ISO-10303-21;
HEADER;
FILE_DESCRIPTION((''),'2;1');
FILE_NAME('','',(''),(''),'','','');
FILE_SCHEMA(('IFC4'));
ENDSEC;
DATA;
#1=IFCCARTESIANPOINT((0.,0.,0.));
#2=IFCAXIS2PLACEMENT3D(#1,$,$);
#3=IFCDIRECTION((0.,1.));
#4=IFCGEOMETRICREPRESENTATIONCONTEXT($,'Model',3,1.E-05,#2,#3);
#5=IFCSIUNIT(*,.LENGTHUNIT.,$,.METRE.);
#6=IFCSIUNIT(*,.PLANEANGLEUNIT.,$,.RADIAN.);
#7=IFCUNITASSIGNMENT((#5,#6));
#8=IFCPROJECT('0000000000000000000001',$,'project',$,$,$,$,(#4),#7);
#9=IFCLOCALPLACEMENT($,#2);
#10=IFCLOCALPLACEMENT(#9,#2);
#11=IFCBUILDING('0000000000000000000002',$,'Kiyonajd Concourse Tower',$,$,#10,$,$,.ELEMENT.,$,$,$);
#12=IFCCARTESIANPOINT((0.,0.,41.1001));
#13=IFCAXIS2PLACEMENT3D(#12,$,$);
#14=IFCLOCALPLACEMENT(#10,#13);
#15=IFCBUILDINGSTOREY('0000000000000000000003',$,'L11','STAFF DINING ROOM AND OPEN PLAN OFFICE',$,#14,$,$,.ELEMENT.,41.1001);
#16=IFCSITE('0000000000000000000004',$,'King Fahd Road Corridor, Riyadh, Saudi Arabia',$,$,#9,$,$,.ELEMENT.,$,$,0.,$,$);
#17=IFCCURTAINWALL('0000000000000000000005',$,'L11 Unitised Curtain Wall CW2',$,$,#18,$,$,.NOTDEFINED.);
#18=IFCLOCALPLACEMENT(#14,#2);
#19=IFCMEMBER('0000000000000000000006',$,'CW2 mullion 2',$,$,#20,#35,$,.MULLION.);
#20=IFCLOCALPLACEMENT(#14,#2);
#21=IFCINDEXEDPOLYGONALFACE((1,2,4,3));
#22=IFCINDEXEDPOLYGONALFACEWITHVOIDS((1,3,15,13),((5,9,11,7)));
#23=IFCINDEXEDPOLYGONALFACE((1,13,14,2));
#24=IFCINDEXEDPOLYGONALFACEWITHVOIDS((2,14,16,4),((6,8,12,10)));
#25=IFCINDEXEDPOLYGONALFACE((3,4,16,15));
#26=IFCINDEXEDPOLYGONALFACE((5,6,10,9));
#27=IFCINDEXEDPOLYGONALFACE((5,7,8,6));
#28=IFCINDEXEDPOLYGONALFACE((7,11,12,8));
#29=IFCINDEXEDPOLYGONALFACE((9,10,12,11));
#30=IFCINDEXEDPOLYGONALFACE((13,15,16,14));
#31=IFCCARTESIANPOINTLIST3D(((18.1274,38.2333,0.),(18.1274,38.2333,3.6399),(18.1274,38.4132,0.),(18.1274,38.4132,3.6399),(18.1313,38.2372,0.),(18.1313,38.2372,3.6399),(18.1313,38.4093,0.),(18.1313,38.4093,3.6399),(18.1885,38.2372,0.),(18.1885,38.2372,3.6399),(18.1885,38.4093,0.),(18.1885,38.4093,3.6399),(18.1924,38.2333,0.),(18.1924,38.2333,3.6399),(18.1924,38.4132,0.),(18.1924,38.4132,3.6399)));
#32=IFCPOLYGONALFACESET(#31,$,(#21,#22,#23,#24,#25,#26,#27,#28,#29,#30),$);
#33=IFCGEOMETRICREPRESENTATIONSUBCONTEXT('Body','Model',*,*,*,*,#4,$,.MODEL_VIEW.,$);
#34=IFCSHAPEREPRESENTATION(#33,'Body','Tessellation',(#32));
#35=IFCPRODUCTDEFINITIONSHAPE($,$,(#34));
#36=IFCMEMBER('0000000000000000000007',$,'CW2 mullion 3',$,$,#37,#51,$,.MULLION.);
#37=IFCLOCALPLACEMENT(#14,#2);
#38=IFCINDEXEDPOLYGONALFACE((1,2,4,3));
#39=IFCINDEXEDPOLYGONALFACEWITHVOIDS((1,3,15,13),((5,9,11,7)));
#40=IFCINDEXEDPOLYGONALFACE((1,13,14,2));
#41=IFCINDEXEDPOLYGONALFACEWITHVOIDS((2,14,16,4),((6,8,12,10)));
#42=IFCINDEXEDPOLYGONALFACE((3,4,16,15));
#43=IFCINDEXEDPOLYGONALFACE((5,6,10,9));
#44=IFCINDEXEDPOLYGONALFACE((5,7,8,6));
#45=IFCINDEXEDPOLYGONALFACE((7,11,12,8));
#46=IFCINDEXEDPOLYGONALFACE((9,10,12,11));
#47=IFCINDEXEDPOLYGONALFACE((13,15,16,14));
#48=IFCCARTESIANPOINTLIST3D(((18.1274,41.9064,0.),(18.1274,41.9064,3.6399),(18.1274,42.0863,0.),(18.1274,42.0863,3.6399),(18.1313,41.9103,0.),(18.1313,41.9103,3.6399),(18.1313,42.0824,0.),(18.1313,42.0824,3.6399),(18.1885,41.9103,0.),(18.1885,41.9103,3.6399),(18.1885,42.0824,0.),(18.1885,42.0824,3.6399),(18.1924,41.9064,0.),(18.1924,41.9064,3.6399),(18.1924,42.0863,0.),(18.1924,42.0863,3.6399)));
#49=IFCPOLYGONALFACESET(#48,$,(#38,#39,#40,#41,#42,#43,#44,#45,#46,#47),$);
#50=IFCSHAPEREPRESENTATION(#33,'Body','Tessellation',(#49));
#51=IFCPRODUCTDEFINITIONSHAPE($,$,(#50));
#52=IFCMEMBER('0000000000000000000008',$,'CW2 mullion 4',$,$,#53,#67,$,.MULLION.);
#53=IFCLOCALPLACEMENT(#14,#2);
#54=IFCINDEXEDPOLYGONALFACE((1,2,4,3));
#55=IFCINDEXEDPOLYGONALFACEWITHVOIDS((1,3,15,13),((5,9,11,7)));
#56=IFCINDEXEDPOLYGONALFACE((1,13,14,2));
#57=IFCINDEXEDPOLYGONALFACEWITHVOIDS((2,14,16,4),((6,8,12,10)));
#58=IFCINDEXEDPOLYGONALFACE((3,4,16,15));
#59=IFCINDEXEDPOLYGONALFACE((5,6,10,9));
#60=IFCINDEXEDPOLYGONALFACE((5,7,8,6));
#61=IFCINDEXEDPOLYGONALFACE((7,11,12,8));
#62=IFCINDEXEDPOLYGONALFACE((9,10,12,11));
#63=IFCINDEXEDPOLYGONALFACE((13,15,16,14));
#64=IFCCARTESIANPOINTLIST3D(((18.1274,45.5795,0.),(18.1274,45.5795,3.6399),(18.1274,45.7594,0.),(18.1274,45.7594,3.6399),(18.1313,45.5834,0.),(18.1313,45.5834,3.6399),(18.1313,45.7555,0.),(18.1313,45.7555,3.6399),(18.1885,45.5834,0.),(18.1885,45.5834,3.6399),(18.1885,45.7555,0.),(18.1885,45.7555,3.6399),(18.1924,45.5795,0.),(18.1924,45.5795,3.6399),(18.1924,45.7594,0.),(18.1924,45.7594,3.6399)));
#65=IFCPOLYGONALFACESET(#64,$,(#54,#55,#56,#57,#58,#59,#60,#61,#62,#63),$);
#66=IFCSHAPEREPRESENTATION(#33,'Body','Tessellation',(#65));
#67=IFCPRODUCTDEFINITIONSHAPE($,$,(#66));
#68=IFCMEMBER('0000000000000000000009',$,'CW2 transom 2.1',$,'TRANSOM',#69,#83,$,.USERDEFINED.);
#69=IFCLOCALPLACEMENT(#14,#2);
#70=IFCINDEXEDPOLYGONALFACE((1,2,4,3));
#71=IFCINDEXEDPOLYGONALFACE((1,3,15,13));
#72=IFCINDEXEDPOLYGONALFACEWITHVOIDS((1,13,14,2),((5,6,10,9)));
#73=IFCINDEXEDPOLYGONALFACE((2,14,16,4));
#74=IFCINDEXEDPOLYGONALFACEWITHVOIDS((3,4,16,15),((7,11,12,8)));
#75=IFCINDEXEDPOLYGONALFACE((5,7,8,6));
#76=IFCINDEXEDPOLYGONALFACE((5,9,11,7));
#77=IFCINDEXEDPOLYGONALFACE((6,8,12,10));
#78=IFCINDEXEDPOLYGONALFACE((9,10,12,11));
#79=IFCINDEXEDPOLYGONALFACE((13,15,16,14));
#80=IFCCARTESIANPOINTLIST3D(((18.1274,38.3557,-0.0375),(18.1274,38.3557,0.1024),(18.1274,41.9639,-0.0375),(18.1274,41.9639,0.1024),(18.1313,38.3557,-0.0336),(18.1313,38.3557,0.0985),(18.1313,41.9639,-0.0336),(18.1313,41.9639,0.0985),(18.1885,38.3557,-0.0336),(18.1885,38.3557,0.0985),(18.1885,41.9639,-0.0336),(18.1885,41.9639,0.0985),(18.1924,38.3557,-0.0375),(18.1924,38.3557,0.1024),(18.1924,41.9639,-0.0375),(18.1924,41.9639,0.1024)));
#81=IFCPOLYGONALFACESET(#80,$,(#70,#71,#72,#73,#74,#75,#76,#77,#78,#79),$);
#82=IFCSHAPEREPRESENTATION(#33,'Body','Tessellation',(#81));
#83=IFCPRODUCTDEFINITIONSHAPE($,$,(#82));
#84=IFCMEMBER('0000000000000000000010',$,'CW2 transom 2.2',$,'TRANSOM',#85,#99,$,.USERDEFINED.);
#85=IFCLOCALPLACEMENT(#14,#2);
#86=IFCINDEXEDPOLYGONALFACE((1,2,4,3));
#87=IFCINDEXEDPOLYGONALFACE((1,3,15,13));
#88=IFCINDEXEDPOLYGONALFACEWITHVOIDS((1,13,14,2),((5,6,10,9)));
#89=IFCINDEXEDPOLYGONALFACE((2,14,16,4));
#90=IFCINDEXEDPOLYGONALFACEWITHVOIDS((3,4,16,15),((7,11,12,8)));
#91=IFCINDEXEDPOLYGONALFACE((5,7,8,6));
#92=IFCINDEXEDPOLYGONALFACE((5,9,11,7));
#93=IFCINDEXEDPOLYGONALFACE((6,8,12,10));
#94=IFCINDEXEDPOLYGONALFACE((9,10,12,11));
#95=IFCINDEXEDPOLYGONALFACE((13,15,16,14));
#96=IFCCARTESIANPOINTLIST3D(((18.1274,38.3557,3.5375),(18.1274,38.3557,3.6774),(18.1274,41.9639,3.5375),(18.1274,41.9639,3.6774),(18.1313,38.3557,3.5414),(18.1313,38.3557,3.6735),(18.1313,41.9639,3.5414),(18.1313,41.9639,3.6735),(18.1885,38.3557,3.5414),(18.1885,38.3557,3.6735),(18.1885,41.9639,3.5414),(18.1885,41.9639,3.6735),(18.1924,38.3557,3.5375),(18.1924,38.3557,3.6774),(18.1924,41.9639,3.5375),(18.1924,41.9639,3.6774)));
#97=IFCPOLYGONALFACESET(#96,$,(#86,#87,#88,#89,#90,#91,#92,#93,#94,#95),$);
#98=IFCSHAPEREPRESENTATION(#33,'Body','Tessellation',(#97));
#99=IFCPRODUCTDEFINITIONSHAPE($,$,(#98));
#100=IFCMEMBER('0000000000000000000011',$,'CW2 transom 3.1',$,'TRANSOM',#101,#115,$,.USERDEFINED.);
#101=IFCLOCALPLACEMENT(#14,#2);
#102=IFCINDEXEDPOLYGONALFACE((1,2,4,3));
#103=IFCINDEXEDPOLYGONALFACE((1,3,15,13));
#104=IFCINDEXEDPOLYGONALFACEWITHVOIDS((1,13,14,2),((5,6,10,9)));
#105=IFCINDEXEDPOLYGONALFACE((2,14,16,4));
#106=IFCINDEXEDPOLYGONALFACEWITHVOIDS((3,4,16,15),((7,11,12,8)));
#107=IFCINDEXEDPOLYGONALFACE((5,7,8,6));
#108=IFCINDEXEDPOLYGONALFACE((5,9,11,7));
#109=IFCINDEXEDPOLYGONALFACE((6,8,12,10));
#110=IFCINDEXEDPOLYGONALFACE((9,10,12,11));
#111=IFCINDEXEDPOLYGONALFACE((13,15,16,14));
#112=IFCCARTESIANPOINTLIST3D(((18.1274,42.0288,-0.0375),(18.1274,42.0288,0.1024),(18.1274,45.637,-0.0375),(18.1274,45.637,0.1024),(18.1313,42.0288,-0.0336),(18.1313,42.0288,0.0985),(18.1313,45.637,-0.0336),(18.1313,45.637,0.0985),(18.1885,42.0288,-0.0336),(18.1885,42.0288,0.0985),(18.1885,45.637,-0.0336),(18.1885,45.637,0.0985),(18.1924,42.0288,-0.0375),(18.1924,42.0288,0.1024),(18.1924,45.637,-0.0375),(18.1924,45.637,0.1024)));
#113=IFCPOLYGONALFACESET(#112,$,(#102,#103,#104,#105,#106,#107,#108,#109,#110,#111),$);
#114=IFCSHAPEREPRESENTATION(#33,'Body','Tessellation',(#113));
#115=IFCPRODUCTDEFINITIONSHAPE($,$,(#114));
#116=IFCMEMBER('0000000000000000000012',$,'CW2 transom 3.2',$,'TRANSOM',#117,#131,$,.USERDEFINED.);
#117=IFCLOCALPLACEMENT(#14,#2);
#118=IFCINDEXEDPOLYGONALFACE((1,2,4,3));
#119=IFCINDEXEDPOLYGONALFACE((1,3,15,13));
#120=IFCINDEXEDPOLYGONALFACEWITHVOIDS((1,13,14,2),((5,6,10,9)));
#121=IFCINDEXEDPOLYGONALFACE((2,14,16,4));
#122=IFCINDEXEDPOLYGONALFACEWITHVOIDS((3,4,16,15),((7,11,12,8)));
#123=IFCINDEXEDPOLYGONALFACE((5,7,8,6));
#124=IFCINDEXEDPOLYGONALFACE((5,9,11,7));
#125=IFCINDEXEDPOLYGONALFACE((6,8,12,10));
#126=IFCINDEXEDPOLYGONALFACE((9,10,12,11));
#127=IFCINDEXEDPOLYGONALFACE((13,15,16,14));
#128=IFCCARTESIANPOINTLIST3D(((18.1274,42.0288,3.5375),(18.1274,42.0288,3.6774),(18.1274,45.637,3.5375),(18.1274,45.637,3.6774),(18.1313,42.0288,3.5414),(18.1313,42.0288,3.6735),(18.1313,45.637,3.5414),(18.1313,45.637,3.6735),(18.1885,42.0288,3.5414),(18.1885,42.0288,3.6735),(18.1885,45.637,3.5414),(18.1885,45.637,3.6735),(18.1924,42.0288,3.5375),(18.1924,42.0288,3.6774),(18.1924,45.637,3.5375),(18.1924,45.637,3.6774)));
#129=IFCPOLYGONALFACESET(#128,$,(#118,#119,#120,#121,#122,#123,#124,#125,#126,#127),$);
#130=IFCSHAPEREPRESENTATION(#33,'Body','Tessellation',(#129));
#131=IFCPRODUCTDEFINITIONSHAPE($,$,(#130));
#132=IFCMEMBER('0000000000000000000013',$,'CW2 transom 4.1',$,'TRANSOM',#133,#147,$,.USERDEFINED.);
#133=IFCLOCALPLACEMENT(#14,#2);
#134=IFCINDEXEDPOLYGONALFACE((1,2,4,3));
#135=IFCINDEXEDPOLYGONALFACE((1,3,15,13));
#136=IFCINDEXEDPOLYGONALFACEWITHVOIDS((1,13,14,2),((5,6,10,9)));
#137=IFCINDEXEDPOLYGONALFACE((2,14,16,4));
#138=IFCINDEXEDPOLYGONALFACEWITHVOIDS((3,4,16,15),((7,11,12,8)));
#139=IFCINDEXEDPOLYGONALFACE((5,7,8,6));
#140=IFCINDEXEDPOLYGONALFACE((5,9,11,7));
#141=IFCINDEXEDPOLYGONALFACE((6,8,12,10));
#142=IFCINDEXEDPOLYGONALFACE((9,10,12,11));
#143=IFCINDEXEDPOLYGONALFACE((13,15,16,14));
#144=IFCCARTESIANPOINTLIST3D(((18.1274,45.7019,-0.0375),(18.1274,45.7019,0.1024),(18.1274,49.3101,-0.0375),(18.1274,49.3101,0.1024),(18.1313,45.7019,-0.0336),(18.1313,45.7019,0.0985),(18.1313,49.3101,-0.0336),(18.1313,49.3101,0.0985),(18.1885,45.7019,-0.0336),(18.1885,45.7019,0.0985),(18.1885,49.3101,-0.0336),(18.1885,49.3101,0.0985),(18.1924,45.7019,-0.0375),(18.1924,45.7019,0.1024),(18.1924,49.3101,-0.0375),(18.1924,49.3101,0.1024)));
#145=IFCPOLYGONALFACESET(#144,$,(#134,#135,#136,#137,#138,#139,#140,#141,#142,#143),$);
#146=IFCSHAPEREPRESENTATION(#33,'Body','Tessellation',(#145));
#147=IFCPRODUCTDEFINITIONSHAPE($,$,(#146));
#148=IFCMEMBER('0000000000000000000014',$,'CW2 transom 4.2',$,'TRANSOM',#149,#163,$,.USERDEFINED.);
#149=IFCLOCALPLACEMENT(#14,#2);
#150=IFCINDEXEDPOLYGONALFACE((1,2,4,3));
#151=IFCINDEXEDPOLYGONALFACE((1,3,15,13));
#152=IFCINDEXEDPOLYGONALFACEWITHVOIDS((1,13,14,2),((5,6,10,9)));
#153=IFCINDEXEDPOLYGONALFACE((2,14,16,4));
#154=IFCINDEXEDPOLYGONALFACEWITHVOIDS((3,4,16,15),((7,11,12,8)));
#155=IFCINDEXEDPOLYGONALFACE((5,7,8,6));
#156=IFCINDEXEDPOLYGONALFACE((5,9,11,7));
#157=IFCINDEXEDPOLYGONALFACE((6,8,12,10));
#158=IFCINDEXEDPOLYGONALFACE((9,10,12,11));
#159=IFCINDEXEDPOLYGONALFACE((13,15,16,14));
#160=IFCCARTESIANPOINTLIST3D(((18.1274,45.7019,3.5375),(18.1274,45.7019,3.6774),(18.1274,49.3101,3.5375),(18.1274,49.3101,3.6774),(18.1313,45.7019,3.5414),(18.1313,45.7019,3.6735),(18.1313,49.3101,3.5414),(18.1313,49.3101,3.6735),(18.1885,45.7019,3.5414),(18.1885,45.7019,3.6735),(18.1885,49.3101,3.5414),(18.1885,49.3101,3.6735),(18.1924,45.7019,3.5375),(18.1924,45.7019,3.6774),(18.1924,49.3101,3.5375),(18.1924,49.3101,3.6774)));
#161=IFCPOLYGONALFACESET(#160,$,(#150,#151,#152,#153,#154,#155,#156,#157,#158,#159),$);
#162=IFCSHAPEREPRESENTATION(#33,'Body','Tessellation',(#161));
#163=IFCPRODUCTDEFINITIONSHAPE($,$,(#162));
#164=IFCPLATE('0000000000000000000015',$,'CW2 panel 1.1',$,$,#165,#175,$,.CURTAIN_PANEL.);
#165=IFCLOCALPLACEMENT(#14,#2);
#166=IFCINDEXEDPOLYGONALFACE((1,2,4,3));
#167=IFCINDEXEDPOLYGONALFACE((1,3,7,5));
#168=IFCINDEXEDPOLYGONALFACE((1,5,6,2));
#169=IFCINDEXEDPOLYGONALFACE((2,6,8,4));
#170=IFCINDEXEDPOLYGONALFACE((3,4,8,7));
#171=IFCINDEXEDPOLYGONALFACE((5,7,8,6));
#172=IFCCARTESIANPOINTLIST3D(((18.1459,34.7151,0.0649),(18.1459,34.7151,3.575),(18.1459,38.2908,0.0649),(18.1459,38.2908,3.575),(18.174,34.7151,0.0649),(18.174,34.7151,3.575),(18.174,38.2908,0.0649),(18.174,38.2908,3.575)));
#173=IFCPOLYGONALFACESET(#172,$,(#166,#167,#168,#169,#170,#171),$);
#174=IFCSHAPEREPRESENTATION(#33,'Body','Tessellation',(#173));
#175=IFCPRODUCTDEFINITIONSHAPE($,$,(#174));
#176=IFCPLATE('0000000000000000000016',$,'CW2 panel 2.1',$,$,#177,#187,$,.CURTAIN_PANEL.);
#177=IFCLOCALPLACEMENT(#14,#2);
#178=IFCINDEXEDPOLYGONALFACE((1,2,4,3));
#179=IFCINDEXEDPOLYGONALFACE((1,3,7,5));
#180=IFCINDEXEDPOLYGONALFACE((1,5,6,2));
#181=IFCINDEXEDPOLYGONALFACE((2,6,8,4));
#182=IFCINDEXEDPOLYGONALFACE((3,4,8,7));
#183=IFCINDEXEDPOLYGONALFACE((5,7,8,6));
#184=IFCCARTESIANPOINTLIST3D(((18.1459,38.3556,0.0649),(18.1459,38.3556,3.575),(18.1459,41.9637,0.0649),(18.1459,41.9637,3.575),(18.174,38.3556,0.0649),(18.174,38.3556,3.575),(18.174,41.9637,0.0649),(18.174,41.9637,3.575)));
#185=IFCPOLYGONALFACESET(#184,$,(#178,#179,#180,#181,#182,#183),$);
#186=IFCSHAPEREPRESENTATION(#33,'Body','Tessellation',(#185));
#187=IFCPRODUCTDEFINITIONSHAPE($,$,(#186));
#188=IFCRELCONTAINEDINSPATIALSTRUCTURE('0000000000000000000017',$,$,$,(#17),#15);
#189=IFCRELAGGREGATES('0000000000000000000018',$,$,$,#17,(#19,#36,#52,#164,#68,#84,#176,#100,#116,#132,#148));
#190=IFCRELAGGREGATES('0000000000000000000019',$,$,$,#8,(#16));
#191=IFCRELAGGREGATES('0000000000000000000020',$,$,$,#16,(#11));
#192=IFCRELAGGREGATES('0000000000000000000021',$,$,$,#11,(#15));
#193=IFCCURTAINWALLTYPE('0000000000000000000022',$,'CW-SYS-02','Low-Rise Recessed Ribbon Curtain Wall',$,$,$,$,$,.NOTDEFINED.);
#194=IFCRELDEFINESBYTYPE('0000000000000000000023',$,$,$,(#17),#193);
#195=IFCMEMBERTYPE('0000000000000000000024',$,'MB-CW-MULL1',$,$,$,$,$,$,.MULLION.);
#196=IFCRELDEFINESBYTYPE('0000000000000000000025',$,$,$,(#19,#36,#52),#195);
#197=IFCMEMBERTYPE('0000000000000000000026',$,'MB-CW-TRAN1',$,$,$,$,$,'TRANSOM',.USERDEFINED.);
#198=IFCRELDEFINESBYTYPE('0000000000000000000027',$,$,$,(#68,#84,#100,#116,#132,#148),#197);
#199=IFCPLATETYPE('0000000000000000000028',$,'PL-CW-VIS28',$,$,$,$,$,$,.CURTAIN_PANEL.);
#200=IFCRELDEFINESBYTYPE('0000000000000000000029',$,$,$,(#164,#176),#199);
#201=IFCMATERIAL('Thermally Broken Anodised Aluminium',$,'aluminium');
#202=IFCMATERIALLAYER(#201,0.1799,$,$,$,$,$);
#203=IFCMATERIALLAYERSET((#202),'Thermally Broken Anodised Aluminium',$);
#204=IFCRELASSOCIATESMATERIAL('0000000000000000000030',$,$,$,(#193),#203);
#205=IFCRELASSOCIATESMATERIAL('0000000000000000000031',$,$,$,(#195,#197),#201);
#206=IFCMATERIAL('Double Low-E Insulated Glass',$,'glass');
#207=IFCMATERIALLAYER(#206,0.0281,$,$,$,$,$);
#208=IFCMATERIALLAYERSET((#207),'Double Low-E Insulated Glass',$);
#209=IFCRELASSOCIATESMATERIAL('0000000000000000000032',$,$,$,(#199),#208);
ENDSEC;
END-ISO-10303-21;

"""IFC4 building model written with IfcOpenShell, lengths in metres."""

from ifc_helpers import new_model, si_unit, direction, frame, origin, origin_2d, place, context, subcontext, project, spatial, rectangle, hollow_rectangle, extrude, material, layer, layer_set, material_profile, profile_set, type_object, element, aggregate, save


model = new_model("IFC4")

# Units and contexts
model_context = context("Model", 3, precision=1e-05, world=origin(), true_north=direction((0.0, 1.0)))
body_context = subcontext(model_context, "Body", "Model", "MODEL_VIEW")
ifc_project = project(units=[si_unit("LENGTHUNIT", "METRE"), si_unit("PLANEANGLEUNIT", "RADIAN")], contexts=[model_context])

# Site, building, storey
site_placement = place(None, origin())
site = spatial("IfcSite", under=ifc_project, at=site_placement, Name="King Fahd Road Corridor, Riyadh, Saudi Arabia", CompositionType="ELEMENT", RefElevation=0.0)
building_placement = place(site_placement, origin())
building = spatial("IfcBuilding", under=site, at=building_placement, Name="Kiyonajd Concourse Tower", CompositionType="ELEMENT")
storey_placement = place(building_placement, frame((0.0, 0.0, 41.1001)))
storey = spatial("IfcBuildingStorey", under=building, at=storey_placement, Name="L11", Description="STAFF DINING ROOM AND OPEN PLAN OFFICE", CompositionType="ELEMENT", Elevation=41.1001)

# Curtain wall, members, plates
ifc_material_1 = material(Name="Thermally Broken Anodised Aluminium", Category="aluminium")
ifc_layer_1 = layer(ifc_material_1, 0.1799)
ifc_layer_set_1 = layer_set([ifc_layer_1], Name="Thermally Broken Anodised Aluminium")
curtain_wall_type = type_object("IfcCurtainWallType", Name="CW-SYS-02", Description="Low-Rise Recessed Ribbon Curtain Wall", PredefinedType="NOTDEFINED", material=ifc_layer_set_1)
curtain_wall_placement = place(storey_placement, origin())
curtain_wall = element("IfcCurtainWall", 1, at=curtain_wall_placement, inside=storey, type_object=curtain_wall_type, Name="L11 Unitised Curtain Wall CW2", PredefinedType="NOTDEFINED")
ifc_material_profile_1 = material_profile(ifc_material_1, hollow_rectangle(XDim=0.0649, YDim=0.1799, WallThickness=0.0039, at=origin_2d()), Name="MULL-65x180")
ifc_profile_set_1 = profile_set([ifc_material_profile_1], Name="Thermally Broken Anodised Aluminium")
member_type_1 = type_object("IfcMemberType", Name="MB-CW-MULL1", PredefinedType="MULLION", material=ifc_profile_set_1)
member_1_placement = place(storey_placement, frame((18.1599, 38.3232, 0.0), z_axis=(0.0, 0.0, 1.0), x_axis=(-1.0, 0.0, 0.0)))
member_1 = element("IfcMember", 2, at=member_1_placement, type_object=member_type_1, Name="CW2 mullion 2", PredefinedType="MULLION", context=body_context, shape_type="SweptSolid", body=[
    extrude(hollow_rectangle(XDim=0.0649, YDim=0.1799, WallThickness=0.0039, at=origin_2d()), origin(), (0.0, 0.0, 1.0), 3.6399),
])
member_2_placement = place(storey_placement, frame((18.1599, 41.9963, 0.0), z_axis=(0.0, 0.0, 1.0), x_axis=(-1.0, 0.0, 0.0)))
member_2 = element("IfcMember", 3, at=member_2_placement, type_object=member_type_1, Name="CW2 mullion 3", PredefinedType="MULLION", context=body_context, shape_type="SweptSolid", body=[
    extrude(hollow_rectangle(XDim=0.0649, YDim=0.1799, WallThickness=0.0039, at=origin_2d()), origin(), (0.0, 0.0, 1.0), 3.6399),
])
member_3_placement = place(storey_placement, frame((18.1599, 45.6694, 0.0), z_axis=(0.0, 0.0, 1.0), x_axis=(-1.0, 0.0, 0.0)))
member_3 = element("IfcMember", 4, at=member_3_placement, type_object=member_type_1, Name="CW2 mullion 4", PredefinedType="MULLION", context=body_context, shape_type="SweptSolid", body=[
    extrude(hollow_rectangle(XDim=0.0649, YDim=0.1799, WallThickness=0.0039, at=origin_2d()), origin(), (0.0, 0.0, 1.0), 3.6399),
])
ifc_material_profile_2 = material_profile(ifc_material_1, hollow_rectangle(XDim=0.0649, YDim=0.1399, WallThickness=0.0039, at=origin_2d()), Name="TRAN-65x140")
ifc_profile_set_2 = profile_set([ifc_material_profile_2], Name="Thermally Broken Anodised Aluminium")
member_type_2 = type_object("IfcMemberType", Name="MB-CW-TRAN1", ElementType="TRANSOM", PredefinedType="USERDEFINED", material=ifc_profile_set_2)
member_4_placement = place(storey_placement, frame((18.1599, 38.3557, 0.0325), z_axis=(0.0, 1.0, 0.0), x_axis=(-1.0, 0.0, 0.0)))
member_4 = element("IfcMember", 5, at=member_4_placement, type_object=member_type_2, Name="CW2 transom 2.1", ObjectType="TRANSOM", PredefinedType="USERDEFINED", context=body_context, shape_type="SweptSolid", body=[
    extrude(hollow_rectangle(XDim=0.0649, YDim=0.1399, WallThickness=0.0039, at=origin_2d()), origin(), (0.0, 0.0, 1.0), 3.6082),
])
member_5_placement = place(storey_placement, frame((18.1599, 38.3557, 3.6074), z_axis=(0.0, 1.0, 0.0), x_axis=(-1.0, 0.0, 0.0)))
member_5 = element("IfcMember", 6, at=member_5_placement, type_object=member_type_2, Name="CW2 transom 2.2", ObjectType="TRANSOM", PredefinedType="USERDEFINED", context=body_context, shape_type="SweptSolid", body=[
    extrude(hollow_rectangle(XDim=0.0649, YDim=0.1399, WallThickness=0.0039, at=origin_2d()), origin(), (0.0, 0.0, 1.0), 3.6082),
])
member_6_placement = place(storey_placement, frame((18.1599, 42.0288, 0.0325), z_axis=(0.0, 1.0, 0.0), x_axis=(-1.0, 0.0, 0.0)))
member_6 = element("IfcMember", 7, at=member_6_placement, type_object=member_type_2, Name="CW2 transom 3.1", ObjectType="TRANSOM", PredefinedType="USERDEFINED", context=body_context, shape_type="SweptSolid", body=[
    extrude(hollow_rectangle(XDim=0.0649, YDim=0.1399, WallThickness=0.0039, at=origin_2d()), origin(), (0.0, 0.0, 1.0), 3.6082),
])
member_7_placement = place(storey_placement, frame((18.1599, 42.0288, 3.6074), z_axis=(0.0, 1.0, 0.0), x_axis=(-1.0, 0.0, 0.0)))
member_7 = element("IfcMember", 8, at=member_7_placement, type_object=member_type_2, Name="CW2 transom 3.2", ObjectType="TRANSOM", PredefinedType="USERDEFINED", context=body_context, shape_type="SweptSolid", body=[
    extrude(hollow_rectangle(XDim=0.0649, YDim=0.1399, WallThickness=0.0039, at=origin_2d()), origin(), (0.0, 0.0, 1.0), 3.6082),
])
member_8_placement = place(storey_placement, frame((18.1599, 45.7019, 0.0325), z_axis=(0.0, 1.0, 0.0), x_axis=(-1.0, 0.0, 0.0)))
member_8 = element("IfcMember", 9, at=member_8_placement, type_object=member_type_2, Name="CW2 transom 4.1", ObjectType="TRANSOM", PredefinedType="USERDEFINED", context=body_context, shape_type="SweptSolid", body=[
    extrude(hollow_rectangle(XDim=0.0649, YDim=0.1399, WallThickness=0.0039, at=origin_2d()), origin(), (0.0, 0.0, 1.0), 3.6082),
])
member_9_placement = place(storey_placement, frame((18.1599, 45.7019, 3.6074), z_axis=(0.0, 1.0, 0.0), x_axis=(-1.0, 0.0, 0.0)))
member_9 = element("IfcMember", 10, at=member_9_placement, type_object=member_type_2, Name="CW2 transom 4.2", ObjectType="TRANSOM", PredefinedType="USERDEFINED", context=body_context, shape_type="SweptSolid", body=[
    extrude(hollow_rectangle(XDim=0.0649, YDim=0.1399, WallThickness=0.0039, at=origin_2d()), origin(), (0.0, 0.0, 1.0), 3.6082),
])
ifc_material_2 = material(Name="Double Low-E Insulated Glass", Category="glass")
ifc_layer_2 = layer(ifc_material_2, 0.0281)
ifc_layer_set_2 = layer_set([ifc_layer_2], Name="Double Low-E Insulated Glass")
plate_type = type_object("IfcPlateType", Name="PL-CW-VIS28", PredefinedType="CURTAIN_PANEL", material=ifc_layer_set_2)
plate_1_placement = place(storey_placement, frame((18.1599, 36.5029, 0.0649), z_axis=(0.0, 0.0, 1.0), x_axis=(0.0, 1.0, 0.0)))
plate_1 = element("IfcPlate", 11, at=plate_1_placement, type_object=plate_type, Name="CW2 panel 1.1", PredefinedType="CURTAIN_PANEL", context=body_context, shape_type="SweptSolid", body=[
    extrude(rectangle(XDim=3.5757, YDim=0.0281, at=origin_2d()), origin(), (0.0, 0.0, 1.0), 3.51),
])
plate_2_placement = place(storey_placement, frame((18.1599, 40.1597, 0.0649), z_axis=(0.0, 0.0, 1.0), x_axis=(0.0, 1.0, 0.0)))
plate_2 = element("IfcPlate", 12, at=plate_2_placement, type_object=plate_type, Name="CW2 panel 2.1", PredefinedType="CURTAIN_PANEL", context=body_context, shape_type="SweptSolid", body=[
    extrude(rectangle(XDim=3.6082, YDim=0.0281, at=origin_2d()), origin(), (0.0, 0.0, 1.0), 3.51),
])
aggregate(curtain_wall, [member_1, member_2, member_3, plate_1, member_4, member_5, plate_2, member_6, member_7, member_8, member_9])

save(model, "model.ifc")
